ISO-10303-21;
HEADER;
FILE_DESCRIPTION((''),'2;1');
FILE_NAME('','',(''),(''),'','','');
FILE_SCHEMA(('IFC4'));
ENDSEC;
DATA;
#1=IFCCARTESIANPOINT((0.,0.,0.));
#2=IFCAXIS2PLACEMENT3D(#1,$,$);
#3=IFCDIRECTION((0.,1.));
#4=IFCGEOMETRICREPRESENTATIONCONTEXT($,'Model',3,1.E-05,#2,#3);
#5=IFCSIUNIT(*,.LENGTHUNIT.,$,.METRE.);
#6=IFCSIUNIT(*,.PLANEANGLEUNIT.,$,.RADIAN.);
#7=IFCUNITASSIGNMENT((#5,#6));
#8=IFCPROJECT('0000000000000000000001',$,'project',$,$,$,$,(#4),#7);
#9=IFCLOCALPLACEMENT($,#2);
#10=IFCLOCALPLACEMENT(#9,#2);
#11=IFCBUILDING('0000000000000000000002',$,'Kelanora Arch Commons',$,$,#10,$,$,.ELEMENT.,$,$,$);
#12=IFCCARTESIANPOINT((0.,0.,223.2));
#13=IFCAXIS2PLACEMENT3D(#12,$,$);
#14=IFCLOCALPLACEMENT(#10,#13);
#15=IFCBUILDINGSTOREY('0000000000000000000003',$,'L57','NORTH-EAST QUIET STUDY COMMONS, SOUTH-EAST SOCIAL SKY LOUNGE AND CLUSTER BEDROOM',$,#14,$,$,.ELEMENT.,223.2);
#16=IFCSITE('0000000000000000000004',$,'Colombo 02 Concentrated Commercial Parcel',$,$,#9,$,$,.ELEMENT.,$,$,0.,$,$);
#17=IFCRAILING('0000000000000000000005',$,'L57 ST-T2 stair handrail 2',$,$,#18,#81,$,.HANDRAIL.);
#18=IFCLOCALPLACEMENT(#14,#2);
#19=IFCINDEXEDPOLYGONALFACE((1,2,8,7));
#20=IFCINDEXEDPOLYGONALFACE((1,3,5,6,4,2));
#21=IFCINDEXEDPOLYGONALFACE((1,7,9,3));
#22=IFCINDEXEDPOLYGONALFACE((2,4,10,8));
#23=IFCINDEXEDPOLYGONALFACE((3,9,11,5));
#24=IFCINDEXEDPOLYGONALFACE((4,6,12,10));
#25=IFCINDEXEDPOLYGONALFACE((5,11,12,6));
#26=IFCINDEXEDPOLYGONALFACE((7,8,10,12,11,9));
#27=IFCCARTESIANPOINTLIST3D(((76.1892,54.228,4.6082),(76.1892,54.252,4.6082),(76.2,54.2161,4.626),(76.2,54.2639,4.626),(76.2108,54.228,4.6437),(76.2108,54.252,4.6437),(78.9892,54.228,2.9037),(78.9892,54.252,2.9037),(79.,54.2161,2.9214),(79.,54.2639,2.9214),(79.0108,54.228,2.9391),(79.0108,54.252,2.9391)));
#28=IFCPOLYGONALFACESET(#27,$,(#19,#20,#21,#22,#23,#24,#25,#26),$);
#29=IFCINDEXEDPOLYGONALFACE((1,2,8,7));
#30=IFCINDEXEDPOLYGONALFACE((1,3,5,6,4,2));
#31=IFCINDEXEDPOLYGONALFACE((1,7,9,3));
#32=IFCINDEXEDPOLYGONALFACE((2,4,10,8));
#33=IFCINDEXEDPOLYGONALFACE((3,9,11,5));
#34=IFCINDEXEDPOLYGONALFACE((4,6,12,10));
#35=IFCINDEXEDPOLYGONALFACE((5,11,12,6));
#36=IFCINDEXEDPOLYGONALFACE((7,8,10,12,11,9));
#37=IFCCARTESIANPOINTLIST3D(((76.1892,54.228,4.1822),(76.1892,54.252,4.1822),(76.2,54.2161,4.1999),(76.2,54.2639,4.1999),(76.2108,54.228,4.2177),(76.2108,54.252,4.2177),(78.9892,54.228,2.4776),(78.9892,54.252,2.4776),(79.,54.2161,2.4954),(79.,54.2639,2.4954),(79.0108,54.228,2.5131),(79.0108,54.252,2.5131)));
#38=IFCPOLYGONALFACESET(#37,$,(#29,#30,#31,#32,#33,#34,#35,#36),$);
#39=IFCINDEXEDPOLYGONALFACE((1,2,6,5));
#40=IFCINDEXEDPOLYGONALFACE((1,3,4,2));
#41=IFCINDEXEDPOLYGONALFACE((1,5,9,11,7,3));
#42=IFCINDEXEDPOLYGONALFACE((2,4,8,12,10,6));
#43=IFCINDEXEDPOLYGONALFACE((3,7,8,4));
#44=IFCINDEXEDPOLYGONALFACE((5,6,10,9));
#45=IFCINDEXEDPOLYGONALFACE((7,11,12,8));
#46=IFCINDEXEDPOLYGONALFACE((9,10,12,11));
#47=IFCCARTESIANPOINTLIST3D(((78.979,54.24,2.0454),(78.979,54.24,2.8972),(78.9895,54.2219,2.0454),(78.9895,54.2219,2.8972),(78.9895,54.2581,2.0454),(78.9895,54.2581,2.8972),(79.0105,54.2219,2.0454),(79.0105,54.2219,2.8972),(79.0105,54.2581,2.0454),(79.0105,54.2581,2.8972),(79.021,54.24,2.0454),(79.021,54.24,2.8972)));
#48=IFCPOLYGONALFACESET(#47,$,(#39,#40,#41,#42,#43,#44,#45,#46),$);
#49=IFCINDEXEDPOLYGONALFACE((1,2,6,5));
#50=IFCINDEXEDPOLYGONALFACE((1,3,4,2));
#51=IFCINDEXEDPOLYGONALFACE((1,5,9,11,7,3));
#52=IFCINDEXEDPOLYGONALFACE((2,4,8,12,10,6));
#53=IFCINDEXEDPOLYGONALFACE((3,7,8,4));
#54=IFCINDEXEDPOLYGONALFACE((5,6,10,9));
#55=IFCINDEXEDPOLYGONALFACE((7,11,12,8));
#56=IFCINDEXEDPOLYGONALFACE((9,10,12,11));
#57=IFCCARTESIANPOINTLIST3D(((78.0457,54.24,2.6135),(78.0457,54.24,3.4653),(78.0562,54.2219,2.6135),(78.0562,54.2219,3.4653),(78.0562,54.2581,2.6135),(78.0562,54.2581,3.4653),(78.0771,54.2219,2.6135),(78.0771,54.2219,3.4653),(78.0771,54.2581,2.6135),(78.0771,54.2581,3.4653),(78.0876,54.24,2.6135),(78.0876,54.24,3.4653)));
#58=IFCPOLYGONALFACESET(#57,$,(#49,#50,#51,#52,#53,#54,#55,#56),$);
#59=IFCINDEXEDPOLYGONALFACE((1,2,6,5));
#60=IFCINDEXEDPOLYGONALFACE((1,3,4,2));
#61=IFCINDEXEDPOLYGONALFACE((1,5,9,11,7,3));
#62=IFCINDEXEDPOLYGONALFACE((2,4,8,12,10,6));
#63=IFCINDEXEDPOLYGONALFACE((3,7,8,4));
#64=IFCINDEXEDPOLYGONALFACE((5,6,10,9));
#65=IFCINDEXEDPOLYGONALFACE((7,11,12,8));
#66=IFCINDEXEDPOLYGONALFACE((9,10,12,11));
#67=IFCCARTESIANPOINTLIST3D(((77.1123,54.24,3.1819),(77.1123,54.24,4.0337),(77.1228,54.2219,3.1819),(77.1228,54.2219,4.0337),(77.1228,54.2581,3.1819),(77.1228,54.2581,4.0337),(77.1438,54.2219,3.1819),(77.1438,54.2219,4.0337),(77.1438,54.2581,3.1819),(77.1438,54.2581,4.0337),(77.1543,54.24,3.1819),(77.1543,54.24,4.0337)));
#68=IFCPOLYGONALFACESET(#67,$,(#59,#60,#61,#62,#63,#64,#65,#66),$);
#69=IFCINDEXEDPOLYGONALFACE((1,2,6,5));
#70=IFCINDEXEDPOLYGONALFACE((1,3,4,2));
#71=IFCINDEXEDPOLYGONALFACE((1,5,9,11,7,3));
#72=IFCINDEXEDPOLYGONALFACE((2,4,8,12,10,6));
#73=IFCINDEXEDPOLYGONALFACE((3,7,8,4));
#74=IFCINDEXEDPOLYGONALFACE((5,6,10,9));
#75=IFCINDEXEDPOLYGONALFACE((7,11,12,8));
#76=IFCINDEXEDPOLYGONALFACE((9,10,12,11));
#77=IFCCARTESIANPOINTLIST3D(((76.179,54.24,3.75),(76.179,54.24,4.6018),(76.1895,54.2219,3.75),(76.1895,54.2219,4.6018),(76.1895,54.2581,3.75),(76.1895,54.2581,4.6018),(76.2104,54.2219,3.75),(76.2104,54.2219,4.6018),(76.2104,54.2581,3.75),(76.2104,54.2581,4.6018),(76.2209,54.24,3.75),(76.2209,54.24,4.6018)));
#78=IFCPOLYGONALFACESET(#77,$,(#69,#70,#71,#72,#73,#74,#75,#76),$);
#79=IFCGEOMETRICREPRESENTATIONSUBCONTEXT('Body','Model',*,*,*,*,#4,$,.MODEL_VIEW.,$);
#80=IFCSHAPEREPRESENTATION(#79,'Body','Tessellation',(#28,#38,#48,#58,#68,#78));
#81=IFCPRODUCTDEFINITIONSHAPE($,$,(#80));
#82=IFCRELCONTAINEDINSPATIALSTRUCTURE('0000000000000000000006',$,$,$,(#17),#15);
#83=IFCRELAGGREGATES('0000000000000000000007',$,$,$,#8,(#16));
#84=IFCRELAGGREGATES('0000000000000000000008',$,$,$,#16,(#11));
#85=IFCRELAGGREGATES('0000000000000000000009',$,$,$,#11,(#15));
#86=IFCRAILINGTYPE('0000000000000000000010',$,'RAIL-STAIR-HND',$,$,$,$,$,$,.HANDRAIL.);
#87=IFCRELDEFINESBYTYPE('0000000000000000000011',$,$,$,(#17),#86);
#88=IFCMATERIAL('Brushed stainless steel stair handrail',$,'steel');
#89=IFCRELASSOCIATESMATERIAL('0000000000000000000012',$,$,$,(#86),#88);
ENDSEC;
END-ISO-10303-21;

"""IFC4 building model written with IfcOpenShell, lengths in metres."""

from ifc_helpers import new_model, si_unit, direction, frame, origin, place, context, subcontext, project, spatial, polyline, outline, extrude, material, type_object, element, save


model = new_model("IFC4")

# Units and contexts
model_context = context("Model", 3, precision=1e-05, world=origin(), true_north=direction((0.0, 1.0)))
body_context = subcontext(model_context, "Body", "Model", "MODEL_VIEW")
ifc_project = project(units=[si_unit("LENGTHUNIT", "METRE"), si_unit("PLANEANGLEUNIT", "RADIAN")], contexts=[model_context])

# Site, building, storey
site_placement = place(None, origin())
site = spatial("IfcSite", under=ifc_project, at=site_placement, Name="Colombo 02 Concentrated Commercial Parcel", CompositionType="ELEMENT", RefElevation=0.0)
building_placement = place(site_placement, origin())
building = spatial("IfcBuilding", under=site, at=building_placement, Name="Kelanora Arch Commons", CompositionType="ELEMENT")
storey_placement = place(building_placement, frame((0.0, 0.0, 223.2)))
storey = spatial("IfcBuildingStorey", under=building, at=storey_placement, Name="L57", Description="NORTH-EAST QUIET STUDY COMMONS, SOUTH-EAST SOCIAL SKY LOUNGE AND CLUSTER BEDROOM", CompositionType="ELEMENT", Elevation=223.2)

# Railing
ifc_material_1 = material(Name="Brushed stainless steel stair handrail", Category="steel")
railing_type_1 = type_object("IfcRailingType", Name="RAIL-STAIR-HND", PredefinedType="HANDRAIL", material=ifc_material_1)
railing_1_placement = place(storey_placement, frame((79.0, 54.24, 2.0454)))
element("IfcRailing", 1, at=railing_1_placement, inside=storey, type_object=railing_type_1, Name="L57 ST-T2 stair handrail 2", PredefinedType="HANDRAIL", context=body_context, shape_type="SweptSolid", body=[
    extrude(outline(polyline([(0.0239, 0.0), (0.012, 0.0208), (-0.012, 0.0208), (-0.0239, 0.0), (-0.012, -0.0208), (0.012, -0.0208), (0.0239, 0.0)])), frame((0.0, 0.0, 0.876), z_axis=(-0.85417, 0.0, 0.519994), x_axis=(0.0, -1.0, 0.0)), (0.0, 0.0, 1.0), 3.2781),
    extrude(outline(polyline([(0.0239, 0.0), (0.012, 0.0208), (-0.012, 0.0208), (-0.0239, 0.0), (-0.012, -0.0208), (0.012, -0.0208), (0.0239, 0.0)])), frame((0.0, 0.0, 0.45), z_axis=(-0.85417, 0.0, 0.519994), x_axis=(0.0, -1.0, 0.0)), (0.0, 0.0, 1.0), 3.2781),
    extrude(outline(polyline([(0.021, 0.0), (0.0105, 0.0181), (-0.0105, 0.0181), (-0.021, 0.0), (-0.0105, -0.0181), (0.0105, -0.0181), (0.021, 0.0)])), origin(), (0.0, 0.0, 1.0), 0.8518),
    extrude(outline(polyline([(0.021, 0.0), (0.0105, 0.0181), (-0.0105, 0.0181), (-0.021, 0.0), (-0.0105, -0.0181), (0.0105, -0.0181), (0.021, 0.0)])), frame((-0.9333, 0.0, 0.5681)), (0.0, 0.0, 1.0), 0.8518),
    extrude(outline(polyline([(0.021, 0.0), (0.0105, 0.0181), (-0.0105, 0.0181), (-0.021, 0.0), (-0.0105, -0.0181), (0.0105, -0.0181), (0.021, 0.0)])), frame((-1.8667, 0.0, 1.1365)), (0.0, 0.0, 1.0), 0.8518),
    extrude(outline(polyline([(0.021, 0.0), (0.0105, 0.0181), (-0.0105, 0.0181), (-0.021, 0.0), (-0.0105, -0.0181), (0.0105, -0.0181), (0.021, 0.0)])), frame((-2.8, 0.0, 1.7046)), (0.0, 0.0, 1.0), 0.8518),
])

save(model, "model.ifc")
